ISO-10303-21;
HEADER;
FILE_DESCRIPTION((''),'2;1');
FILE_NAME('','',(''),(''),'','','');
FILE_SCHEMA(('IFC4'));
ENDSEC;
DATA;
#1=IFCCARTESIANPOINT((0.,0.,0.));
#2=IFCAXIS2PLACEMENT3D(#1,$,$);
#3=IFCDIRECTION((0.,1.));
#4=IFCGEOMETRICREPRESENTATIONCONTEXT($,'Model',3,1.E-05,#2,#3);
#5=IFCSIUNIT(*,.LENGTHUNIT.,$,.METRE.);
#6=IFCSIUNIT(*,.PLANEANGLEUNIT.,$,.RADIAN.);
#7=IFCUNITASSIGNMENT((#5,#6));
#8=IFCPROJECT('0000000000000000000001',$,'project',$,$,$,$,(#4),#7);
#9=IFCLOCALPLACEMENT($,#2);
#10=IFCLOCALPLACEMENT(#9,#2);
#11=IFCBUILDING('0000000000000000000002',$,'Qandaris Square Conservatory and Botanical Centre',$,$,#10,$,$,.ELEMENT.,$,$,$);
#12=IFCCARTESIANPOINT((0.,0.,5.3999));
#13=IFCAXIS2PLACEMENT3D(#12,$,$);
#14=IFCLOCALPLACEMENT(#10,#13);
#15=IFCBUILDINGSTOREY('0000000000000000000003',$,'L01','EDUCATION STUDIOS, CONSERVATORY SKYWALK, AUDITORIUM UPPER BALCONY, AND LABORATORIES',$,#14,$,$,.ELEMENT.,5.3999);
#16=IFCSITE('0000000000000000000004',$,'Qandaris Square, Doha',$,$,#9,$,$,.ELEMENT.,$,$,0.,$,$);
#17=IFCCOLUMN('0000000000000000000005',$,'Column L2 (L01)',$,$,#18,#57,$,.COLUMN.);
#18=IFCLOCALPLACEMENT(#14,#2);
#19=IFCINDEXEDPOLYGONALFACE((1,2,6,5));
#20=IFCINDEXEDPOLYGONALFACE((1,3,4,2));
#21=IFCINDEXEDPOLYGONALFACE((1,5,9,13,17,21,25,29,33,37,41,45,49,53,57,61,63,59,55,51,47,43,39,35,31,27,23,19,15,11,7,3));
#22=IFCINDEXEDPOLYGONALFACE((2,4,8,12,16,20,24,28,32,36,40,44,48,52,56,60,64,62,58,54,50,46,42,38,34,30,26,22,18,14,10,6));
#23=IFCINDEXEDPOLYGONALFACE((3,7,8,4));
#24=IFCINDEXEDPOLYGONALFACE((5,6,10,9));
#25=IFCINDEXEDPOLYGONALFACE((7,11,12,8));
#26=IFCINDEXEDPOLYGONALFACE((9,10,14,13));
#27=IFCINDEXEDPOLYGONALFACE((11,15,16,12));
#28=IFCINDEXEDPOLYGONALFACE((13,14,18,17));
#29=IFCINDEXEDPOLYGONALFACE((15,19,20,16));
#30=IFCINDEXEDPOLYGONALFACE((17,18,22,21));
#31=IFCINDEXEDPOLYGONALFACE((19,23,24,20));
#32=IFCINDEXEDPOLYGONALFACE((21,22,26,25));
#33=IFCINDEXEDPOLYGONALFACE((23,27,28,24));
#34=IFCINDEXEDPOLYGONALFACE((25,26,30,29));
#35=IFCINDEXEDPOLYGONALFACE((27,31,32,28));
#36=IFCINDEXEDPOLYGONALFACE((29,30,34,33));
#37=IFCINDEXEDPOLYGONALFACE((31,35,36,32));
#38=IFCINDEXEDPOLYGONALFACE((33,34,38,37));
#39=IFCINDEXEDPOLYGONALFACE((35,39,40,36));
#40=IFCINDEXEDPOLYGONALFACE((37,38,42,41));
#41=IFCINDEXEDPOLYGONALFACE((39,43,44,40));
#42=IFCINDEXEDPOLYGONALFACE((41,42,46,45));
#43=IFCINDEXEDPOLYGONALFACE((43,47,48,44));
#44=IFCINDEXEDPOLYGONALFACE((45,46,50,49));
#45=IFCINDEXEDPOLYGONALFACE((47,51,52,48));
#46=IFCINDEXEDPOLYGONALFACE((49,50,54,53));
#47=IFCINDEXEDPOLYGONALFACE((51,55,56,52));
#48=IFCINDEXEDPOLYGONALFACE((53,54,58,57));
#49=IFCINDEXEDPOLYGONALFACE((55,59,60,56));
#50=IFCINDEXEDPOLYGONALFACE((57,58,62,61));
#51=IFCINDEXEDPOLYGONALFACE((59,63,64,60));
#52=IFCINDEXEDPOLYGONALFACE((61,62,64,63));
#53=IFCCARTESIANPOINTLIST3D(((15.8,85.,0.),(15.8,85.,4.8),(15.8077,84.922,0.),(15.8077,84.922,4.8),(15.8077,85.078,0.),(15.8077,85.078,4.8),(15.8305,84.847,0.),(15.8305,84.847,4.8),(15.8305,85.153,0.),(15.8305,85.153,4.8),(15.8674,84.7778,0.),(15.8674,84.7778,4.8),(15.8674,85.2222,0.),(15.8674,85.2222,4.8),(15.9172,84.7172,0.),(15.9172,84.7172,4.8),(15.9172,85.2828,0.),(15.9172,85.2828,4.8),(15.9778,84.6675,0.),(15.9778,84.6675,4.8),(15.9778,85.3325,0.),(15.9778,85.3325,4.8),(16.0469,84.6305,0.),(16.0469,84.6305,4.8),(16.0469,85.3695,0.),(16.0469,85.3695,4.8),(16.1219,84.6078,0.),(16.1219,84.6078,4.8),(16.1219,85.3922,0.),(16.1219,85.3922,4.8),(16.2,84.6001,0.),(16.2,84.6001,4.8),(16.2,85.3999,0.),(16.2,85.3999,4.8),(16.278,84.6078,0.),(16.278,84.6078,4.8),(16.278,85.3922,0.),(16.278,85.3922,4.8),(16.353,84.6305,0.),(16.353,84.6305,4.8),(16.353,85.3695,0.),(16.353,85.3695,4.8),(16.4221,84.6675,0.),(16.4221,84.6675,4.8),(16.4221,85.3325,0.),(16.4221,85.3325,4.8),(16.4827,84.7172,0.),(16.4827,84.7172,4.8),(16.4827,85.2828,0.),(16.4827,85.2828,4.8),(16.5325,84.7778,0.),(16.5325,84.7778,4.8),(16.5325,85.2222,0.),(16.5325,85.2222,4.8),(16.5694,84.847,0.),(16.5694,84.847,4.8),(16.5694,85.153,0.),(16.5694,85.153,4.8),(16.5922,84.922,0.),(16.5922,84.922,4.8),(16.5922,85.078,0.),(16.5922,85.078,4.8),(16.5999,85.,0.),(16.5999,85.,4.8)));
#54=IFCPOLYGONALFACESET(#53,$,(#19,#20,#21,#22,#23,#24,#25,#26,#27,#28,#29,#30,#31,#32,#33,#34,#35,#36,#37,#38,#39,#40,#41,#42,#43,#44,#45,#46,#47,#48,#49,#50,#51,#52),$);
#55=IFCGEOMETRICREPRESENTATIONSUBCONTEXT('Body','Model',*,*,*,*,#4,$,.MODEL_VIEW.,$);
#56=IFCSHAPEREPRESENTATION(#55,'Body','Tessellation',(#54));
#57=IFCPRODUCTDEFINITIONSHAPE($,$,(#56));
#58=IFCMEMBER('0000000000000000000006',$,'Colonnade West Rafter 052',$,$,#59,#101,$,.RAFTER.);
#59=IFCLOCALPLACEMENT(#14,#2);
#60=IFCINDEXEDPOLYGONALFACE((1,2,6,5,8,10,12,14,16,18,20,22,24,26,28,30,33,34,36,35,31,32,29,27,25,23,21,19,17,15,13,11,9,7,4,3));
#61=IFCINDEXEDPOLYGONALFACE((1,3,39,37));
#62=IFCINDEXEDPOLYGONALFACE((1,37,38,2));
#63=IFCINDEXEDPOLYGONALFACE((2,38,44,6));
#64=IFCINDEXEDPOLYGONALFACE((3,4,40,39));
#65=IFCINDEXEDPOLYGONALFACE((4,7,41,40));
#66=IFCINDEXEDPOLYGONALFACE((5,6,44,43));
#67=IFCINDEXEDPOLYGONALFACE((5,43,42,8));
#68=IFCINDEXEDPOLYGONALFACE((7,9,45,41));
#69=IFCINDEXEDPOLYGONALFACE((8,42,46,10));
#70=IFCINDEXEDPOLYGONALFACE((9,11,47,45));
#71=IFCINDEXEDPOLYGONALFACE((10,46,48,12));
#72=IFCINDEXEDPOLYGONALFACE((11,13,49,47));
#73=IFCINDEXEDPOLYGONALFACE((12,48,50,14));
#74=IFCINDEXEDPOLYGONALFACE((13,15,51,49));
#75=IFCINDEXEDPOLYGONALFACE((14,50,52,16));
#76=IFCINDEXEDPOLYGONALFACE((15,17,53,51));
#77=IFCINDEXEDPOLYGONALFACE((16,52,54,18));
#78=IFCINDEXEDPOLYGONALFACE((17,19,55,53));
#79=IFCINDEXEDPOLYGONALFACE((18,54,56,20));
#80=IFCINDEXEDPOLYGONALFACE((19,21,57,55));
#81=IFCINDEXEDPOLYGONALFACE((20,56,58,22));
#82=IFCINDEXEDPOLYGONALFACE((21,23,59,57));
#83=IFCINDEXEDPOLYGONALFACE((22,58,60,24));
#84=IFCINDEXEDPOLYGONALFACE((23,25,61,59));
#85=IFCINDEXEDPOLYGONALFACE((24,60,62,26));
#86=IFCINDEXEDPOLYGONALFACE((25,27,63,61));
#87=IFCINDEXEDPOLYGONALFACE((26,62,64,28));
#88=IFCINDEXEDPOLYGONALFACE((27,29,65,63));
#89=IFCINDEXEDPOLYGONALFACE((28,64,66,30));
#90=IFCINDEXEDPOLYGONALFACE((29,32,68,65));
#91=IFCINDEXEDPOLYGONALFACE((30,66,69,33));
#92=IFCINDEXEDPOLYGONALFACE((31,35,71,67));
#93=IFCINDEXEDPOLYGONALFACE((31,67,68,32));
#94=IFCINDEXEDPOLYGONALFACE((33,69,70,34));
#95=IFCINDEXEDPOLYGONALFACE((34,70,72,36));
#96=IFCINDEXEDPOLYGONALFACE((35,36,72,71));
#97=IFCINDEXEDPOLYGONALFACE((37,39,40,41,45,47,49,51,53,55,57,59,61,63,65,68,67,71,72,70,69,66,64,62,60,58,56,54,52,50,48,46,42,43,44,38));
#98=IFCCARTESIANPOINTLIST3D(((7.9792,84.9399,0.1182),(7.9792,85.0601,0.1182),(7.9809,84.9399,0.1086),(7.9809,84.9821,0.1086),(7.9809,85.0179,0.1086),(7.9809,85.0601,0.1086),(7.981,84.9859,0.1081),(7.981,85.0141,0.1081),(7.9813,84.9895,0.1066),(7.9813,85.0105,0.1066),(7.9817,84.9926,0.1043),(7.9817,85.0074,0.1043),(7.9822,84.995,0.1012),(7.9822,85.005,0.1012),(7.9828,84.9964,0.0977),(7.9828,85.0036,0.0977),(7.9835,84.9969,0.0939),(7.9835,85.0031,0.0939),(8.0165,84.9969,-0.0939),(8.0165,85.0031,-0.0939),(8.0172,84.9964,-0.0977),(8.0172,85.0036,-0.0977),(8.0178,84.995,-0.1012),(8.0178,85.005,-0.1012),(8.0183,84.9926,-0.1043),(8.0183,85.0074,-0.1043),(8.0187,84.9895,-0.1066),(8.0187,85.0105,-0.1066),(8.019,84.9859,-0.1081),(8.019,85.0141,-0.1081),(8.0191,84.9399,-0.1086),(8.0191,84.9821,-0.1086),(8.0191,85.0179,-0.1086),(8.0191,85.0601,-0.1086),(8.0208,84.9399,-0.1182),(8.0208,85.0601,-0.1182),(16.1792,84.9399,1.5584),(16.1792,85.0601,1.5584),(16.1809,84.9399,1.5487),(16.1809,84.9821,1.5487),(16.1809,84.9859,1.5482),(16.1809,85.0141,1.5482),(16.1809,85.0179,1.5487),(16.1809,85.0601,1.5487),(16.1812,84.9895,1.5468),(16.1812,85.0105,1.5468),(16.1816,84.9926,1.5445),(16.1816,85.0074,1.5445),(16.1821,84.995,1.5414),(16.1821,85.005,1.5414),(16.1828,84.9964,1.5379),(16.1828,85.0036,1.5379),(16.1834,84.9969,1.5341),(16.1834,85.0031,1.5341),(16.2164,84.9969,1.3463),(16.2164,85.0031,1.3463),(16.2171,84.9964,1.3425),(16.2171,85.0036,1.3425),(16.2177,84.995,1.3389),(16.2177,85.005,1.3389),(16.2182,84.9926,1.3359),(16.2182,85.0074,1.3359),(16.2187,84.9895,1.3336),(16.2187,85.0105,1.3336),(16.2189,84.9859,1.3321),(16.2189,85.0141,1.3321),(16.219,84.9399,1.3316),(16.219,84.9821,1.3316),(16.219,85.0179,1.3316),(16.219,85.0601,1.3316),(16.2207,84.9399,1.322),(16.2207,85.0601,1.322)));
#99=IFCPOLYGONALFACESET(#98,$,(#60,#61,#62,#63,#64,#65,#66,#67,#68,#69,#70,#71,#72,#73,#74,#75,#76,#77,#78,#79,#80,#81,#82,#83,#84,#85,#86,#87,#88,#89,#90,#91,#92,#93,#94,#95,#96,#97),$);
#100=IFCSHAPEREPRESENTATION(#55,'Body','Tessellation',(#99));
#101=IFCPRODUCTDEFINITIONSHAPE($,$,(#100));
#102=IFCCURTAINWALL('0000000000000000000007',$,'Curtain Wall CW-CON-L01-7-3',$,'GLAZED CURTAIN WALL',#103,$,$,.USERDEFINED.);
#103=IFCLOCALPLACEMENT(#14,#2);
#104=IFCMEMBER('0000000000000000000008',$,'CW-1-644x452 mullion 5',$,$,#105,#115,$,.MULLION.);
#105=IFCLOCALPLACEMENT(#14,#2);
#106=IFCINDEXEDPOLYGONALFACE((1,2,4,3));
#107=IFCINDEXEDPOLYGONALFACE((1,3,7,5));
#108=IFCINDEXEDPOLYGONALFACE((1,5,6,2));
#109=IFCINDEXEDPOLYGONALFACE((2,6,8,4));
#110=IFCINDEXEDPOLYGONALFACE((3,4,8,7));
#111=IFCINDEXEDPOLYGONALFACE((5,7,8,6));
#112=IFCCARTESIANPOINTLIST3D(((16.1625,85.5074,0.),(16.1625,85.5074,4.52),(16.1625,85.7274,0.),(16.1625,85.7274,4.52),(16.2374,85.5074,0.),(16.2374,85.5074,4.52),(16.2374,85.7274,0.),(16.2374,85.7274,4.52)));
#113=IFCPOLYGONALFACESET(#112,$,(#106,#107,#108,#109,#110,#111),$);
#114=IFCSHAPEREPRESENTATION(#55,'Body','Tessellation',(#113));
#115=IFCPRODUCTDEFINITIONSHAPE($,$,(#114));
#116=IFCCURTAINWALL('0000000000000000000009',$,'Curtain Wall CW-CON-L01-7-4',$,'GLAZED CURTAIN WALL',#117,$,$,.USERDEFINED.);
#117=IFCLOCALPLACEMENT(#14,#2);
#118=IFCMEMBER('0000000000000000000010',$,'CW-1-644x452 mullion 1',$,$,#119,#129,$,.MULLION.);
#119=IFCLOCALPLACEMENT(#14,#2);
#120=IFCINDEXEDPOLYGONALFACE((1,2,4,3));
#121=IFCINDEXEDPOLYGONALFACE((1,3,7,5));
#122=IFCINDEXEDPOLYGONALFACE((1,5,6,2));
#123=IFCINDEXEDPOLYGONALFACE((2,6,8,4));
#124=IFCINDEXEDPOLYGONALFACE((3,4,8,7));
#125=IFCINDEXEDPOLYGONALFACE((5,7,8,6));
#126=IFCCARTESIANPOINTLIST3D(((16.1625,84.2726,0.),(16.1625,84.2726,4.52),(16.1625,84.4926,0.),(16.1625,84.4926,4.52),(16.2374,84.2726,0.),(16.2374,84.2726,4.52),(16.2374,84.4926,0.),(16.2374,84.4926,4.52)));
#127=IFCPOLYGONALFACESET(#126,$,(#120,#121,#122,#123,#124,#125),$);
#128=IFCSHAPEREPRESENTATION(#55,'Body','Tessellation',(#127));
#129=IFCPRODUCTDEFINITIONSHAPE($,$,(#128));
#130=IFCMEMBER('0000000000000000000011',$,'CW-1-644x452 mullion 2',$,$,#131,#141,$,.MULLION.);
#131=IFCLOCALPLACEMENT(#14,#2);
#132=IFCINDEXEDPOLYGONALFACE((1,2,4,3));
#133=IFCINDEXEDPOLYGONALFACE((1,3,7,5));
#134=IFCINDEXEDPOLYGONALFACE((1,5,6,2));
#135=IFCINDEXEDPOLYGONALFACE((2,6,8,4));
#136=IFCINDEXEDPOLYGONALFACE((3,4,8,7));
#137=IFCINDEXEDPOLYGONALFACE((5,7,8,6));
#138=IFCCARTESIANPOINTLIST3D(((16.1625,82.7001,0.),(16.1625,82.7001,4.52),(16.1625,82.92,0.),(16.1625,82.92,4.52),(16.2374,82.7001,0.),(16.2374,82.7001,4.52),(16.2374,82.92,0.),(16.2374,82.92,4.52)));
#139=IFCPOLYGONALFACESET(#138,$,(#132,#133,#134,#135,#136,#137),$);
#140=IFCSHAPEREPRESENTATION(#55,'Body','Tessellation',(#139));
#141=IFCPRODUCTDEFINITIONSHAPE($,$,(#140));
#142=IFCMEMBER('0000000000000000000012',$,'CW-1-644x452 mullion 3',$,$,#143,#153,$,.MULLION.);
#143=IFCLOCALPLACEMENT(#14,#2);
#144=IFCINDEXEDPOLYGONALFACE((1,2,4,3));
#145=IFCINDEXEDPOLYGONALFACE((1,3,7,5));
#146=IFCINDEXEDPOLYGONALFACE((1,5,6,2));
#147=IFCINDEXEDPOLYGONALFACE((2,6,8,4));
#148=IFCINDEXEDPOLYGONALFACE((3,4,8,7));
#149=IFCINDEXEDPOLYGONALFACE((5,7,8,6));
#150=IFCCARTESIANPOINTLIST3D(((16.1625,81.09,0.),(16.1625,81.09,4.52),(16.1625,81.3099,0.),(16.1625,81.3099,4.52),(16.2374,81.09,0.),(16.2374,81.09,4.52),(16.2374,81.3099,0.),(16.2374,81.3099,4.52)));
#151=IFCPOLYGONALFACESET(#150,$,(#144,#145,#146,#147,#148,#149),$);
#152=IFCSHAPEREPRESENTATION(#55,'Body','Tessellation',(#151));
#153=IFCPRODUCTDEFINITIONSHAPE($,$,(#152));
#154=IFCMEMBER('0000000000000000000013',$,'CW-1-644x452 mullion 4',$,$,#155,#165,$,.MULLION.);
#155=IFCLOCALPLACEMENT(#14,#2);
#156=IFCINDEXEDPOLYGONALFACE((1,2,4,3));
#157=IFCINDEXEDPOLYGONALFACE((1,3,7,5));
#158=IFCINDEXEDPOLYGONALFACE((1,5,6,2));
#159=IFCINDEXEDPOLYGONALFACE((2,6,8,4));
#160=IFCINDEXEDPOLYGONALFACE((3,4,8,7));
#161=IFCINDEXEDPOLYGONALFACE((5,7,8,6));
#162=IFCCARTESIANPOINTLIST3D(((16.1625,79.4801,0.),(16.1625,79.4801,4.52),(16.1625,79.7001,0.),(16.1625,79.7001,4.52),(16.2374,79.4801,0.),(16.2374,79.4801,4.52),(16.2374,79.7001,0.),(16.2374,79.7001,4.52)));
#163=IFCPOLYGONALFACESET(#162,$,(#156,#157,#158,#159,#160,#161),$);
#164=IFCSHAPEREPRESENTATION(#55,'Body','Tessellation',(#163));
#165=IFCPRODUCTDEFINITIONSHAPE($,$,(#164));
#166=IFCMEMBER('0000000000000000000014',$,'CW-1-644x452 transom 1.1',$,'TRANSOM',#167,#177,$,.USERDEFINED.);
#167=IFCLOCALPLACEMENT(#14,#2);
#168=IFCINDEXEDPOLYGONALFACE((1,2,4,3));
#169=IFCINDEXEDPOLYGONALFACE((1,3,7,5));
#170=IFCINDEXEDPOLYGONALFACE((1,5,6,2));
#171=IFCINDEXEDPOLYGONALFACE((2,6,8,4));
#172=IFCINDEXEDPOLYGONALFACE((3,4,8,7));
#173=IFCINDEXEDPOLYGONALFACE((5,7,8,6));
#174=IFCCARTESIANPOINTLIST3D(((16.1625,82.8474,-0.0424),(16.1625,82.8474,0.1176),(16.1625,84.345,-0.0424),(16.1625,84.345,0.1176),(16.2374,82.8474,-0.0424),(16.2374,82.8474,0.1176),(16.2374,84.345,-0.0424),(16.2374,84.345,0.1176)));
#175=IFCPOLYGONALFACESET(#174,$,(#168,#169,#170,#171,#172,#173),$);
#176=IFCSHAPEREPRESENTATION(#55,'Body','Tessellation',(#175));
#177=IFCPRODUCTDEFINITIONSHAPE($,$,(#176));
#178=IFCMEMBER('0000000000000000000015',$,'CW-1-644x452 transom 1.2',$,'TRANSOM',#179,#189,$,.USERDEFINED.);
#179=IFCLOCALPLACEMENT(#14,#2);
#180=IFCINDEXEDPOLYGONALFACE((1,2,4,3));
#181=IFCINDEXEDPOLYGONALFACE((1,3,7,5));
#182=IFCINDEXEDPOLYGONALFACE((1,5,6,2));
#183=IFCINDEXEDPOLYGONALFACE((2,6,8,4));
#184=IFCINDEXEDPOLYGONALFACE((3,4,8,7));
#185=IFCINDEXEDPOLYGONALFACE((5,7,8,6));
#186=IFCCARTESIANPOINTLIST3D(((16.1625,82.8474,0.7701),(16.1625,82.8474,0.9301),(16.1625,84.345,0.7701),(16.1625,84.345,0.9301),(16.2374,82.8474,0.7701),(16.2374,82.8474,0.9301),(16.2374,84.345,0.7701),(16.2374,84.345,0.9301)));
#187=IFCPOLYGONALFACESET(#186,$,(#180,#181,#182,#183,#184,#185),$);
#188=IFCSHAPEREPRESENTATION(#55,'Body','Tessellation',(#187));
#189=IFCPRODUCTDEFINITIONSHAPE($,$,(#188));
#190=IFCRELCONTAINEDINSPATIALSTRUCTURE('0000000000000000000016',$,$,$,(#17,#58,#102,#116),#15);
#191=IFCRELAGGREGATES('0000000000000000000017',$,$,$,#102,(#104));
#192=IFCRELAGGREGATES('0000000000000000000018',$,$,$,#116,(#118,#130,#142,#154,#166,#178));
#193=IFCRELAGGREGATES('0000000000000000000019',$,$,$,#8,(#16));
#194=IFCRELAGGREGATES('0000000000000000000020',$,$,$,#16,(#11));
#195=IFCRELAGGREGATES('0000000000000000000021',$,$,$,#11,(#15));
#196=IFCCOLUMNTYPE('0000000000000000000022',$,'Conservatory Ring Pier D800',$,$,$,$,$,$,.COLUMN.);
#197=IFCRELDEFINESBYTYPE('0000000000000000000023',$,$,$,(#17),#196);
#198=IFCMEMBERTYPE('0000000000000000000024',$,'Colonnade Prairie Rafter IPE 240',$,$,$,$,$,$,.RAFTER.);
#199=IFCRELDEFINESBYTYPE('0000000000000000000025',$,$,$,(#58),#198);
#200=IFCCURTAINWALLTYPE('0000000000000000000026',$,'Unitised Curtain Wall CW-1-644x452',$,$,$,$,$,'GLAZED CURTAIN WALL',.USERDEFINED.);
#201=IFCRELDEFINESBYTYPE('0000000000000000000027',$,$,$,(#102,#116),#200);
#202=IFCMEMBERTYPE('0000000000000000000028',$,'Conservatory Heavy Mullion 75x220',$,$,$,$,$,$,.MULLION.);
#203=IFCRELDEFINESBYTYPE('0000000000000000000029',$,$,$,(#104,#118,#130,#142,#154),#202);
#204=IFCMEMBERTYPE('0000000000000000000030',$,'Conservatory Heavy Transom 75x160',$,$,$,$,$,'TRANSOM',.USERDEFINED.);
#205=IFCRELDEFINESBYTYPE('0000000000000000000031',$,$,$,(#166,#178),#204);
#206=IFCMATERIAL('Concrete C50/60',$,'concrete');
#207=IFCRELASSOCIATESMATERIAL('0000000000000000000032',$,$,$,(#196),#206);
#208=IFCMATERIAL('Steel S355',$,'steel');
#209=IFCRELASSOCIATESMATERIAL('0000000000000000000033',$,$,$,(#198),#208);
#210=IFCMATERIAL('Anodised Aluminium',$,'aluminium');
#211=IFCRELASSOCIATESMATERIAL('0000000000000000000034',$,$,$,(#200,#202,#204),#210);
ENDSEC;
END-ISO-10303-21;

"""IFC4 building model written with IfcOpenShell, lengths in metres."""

from ifc_helpers import new_model, si_unit, direction, frame, origin, origin_2d, place, context, subcontext, project, spatial, rectangle, circle, i_section, extrude, material, material_profile, profile_set, type_object, element, aggregate, save


model = new_model("IFC4")

# Units and contexts
model_context = context("Model", 3, precision=1e-05, world=origin(), true_north=direction((0.0, 1.0)))
body_context = subcontext(model_context, "Body", "Model", "MODEL_VIEW")
ifc_project = project(units=[si_unit("LENGTHUNIT", "METRE"), si_unit("PLANEANGLEUNIT", "RADIAN")], contexts=[model_context])

# Site, building, storey
site_placement = place(None, origin())
site = spatial("IfcSite", under=ifc_project, at=site_placement, Name="Qandaris Square, Doha", CompositionType="ELEMENT", RefElevation=0.0)
building_placement = place(site_placement, origin())
building = spatial("IfcBuilding", under=site, at=building_placement, Name="Qandaris Square Conservatory and Botanical Centre", CompositionType="ELEMENT")
storey_placement = place(building_placement, frame((0.0, 0.0, 5.3999)))
storey = spatial("IfcBuildingStorey", under=building, at=storey_placement, Name="L01", Description="EDUCATION STUDIOS, CONSERVATORY SKYWALK, AUDITORIUM UPPER BALCONY, AND LABORATORIES", CompositionType="ELEMENT", Elevation=5.3999)

# Column
ifc_material_1 = material(Name="Concrete C50/60", Category="concrete")
ifc_material_profile_1 = material_profile(ifc_material_1, circle(Radius=0.3999, at=origin_2d()), Name="RC-COL D800")
ifc_profile_set_1 = profile_set([ifc_material_profile_1], Name="Concrete C50/60")
column_type = type_object("IfcColumnType", Name="Conservatory Ring Pier D800", PredefinedType="COLUMN", material=ifc_profile_set_1)
column_placement = place(storey_placement, frame((16.2, 85.0, 0.0), z_axis=(0.0, 0.0, 1.0), x_axis=(1.0, 0.0, 0.0)))
element("IfcColumn", 1, at=column_placement, inside=storey, type_object=column_type, Name="Column L2 (L01)", PredefinedType="COLUMN", context=body_context, shape_type="SweptSolid", body=[
    extrude(circle(Radius=0.3999, at=origin_2d()), origin(), (0.0, 0.0, 1.0), 4.8),
])

# Member
ifc_material_2 = material(Name="Steel S355", Category="steel")
ifc_material_profile_2 = material_profile(ifc_material_2, i_section(OverallWidth=0.1201, OverallDepth=0.24, WebThickness=0.0061, FlangeThickness=0.0098, FilletRadius=0.0149, at=origin_2d()), Name="IPE 240")
ifc_profile_set_2 = profile_set([ifc_material_profile_2], Name="Steel S355")
member_type_1 = type_object("IfcMemberType", Name="Colonnade Prairie Rafter IPE 240", PredefinedType="RAFTER", material=ifc_profile_set_2)
member_1_placement = place(storey_placement, frame((8.0, 85.0, 0.0), z_axis=(0.984924, 0.0, 0.172986), x_axis=(0.0, 1.0, 0.0)))
element("IfcMember", 2, at=member_1_placement, inside=storey, type_object=member_type_1, Name="Colonnade West Rafter 052", PredefinedType="RAFTER", context=body_context, shape_type="SweptSolid", body=[
    extrude(i_section(OverallWidth=0.1201, OverallDepth=0.24, WebThickness=0.0061, FlangeThickness=0.0098, FilletRadius=0.0149, at=origin_2d()), origin(), (0.0, 0.0, 1.0), 8.3254),
])

# Curtain wall, member
ifc_material_3 = material(Name="Anodised Aluminium", Category="aluminium")
curtain_wall_type = type_object("IfcCurtainWallType", Name="Unitised Curtain Wall CW-1-644x452", ElementType="GLAZED CURTAIN WALL", PredefinedType="USERDEFINED", material=ifc_material_3)
curtain_wall_1_placement = place(storey_placement, origin())
curtain_wall_1 = element("IfcCurtainWall", 3, at=curtain_wall_1_placement, inside=storey, type_object=curtain_wall_type, Name="Curtain Wall CW-CON-L01-7-3", ObjectType="GLAZED CURTAIN WALL", PredefinedType="USERDEFINED")
ifc_material_profile_3 = material_profile(ifc_material_3, rectangle(XDim=0.075, YDim=0.22, at=origin_2d()), Name="ALU-MUL 75x220")
ifc_profile_set_3 = profile_set([ifc_material_profile_3], Name="Anodised Aluminium")
member_type_2 = type_object("IfcMemberType", Name="Conservatory Heavy Mullion 75x220", PredefinedType="MULLION", material=ifc_profile_set_3)
member_2_placement = place(storey_placement, frame((16.2, 85.6174, 0.0), z_axis=(0.0, 0.0, 1.0), x_axis=(1.0, 0.0, 0.0)))
member_2 = element("IfcMember", 4, at=member_2_placement, type_object=member_type_2, Name="CW-1-644x452 mullion 5", PredefinedType="MULLION", context=body_context, shape_type="SweptSolid", body=[
    extrude(rectangle(XDim=0.075, YDim=0.22, at=origin_2d()), origin(), (0.0, 0.0, 1.0), 4.52),
])

# Curtain wall, members
curtain_wall_2_placement = place(storey_placement, origin())
curtain_wall_2 = element("IfcCurtainWall", 5, at=curtain_wall_2_placement, inside=storey, type_object=curtain_wall_type, Name="Curtain Wall CW-CON-L01-7-4", ObjectType="GLAZED CURTAIN WALL", PredefinedType="USERDEFINED")
member_3_placement = place(storey_placement, frame((16.2, 84.3826, 0.0), z_axis=(0.0, 0.0, 1.0), x_axis=(1.0, 0.0, 0.0)))
member_3 = element("IfcMember", 6, at=member_3_placement, type_object=member_type_2, Name="CW-1-644x452 mullion 1", PredefinedType="MULLION", context=body_context, shape_type="SweptSolid", body=[
    extrude(rectangle(XDim=0.075, YDim=0.22, at=origin_2d()), origin(), (0.0, 0.0, 1.0), 4.52),
])
member_4_placement = place(storey_placement, frame((16.2, 82.8101, 0.0), z_axis=(0.0, 0.0, 1.0), x_axis=(1.0, 0.0, 0.0)))
member_4 = element("IfcMember", 7, at=member_4_placement, type_object=member_type_2, Name="CW-1-644x452 mullion 2", PredefinedType="MULLION", context=body_context, shape_type="SweptSolid", body=[
    extrude(rectangle(XDim=0.075, YDim=0.22, at=origin_2d()), origin(), (0.0, 0.0, 1.0), 4.52),
])
member_5_placement = place(storey_placement, frame((16.2, 81.2, 0.0), z_axis=(0.0, 0.0, 1.0), x_axis=(1.0, 0.0, 0.0)))
member_5 = element("IfcMember", 8, at=member_5_placement, type_object=member_type_2, Name="CW-1-644x452 mullion 3", PredefinedType="MULLION", context=body_context, shape_type="SweptSolid", body=[
    extrude(rectangle(XDim=0.075, YDim=0.22, at=origin_2d()), origin(), (0.0, 0.0, 1.0), 4.52),
])
member_6_placement = place(storey_placement, frame((16.2, 79.5901, 0.0), z_axis=(0.0, 0.0, 1.0), x_axis=(1.0, 0.0, 0.0)))
member_6 = element("IfcMember", 9, at=member_6_placement, type_object=member_type_2, Name="CW-1-644x452 mullion 4", PredefinedType="MULLION", context=body_context, shape_type="SweptSolid", body=[
    extrude(rectangle(XDim=0.075, YDim=0.22, at=origin_2d()), origin(), (0.0, 0.0, 1.0), 4.52),
])
ifc_material_profile_4 = material_profile(ifc_material_3, rectangle(XDim=0.075, YDim=0.1599, at=origin_2d()), Name="ALU-TRN 75x160")
ifc_profile_set_4 = profile_set([ifc_material_profile_4], Name="Anodised Aluminium")
member_type_3 = type_object("IfcMemberType", Name="Conservatory Heavy Transom 75x160", ElementType="TRANSOM", PredefinedType="USERDEFINED", material=ifc_profile_set_4)
member_7_placement = place(storey_placement, frame((16.2, 84.345, 0.0376), z_axis=(0.0, -1.0, 0.0), x_axis=(1.0, 0.0, 0.0)))
member_7 = element("IfcMember", 10, at=member_7_placement, type_object=member_type_3, Name="CW-1-644x452 transom 1.1", ObjectType="TRANSOM", PredefinedType="USERDEFINED", context=body_context, shape_type="SweptSolid", body=[
    extrude(rectangle(XDim=0.075, YDim=0.1599, at=origin_2d()), origin(), (0.0, 0.0, 1.0), 1.4976),
])
member_8_placement = place(storey_placement, frame((16.2, 84.345, 0.8501), z_axis=(0.0, -1.0, 0.0), x_axis=(1.0, 0.0, 0.0)))
member_8 = element("IfcMember", 11, at=member_8_placement, type_object=member_type_3, Name="CW-1-644x452 transom 1.2", ObjectType="TRANSOM", PredefinedType="USERDEFINED", context=body_context, shape_type="SweptSolid", body=[
    extrude(rectangle(XDim=0.075, YDim=0.1599, at=origin_2d()), origin(), (0.0, 0.0, 1.0), 1.4976),
])

aggregate(curtain_wall_1, [member_2])
aggregate(curtain_wall_2, [member_3, member_4, member_5, member_6, member_7, member_8])

save(model, "model.ifc")
